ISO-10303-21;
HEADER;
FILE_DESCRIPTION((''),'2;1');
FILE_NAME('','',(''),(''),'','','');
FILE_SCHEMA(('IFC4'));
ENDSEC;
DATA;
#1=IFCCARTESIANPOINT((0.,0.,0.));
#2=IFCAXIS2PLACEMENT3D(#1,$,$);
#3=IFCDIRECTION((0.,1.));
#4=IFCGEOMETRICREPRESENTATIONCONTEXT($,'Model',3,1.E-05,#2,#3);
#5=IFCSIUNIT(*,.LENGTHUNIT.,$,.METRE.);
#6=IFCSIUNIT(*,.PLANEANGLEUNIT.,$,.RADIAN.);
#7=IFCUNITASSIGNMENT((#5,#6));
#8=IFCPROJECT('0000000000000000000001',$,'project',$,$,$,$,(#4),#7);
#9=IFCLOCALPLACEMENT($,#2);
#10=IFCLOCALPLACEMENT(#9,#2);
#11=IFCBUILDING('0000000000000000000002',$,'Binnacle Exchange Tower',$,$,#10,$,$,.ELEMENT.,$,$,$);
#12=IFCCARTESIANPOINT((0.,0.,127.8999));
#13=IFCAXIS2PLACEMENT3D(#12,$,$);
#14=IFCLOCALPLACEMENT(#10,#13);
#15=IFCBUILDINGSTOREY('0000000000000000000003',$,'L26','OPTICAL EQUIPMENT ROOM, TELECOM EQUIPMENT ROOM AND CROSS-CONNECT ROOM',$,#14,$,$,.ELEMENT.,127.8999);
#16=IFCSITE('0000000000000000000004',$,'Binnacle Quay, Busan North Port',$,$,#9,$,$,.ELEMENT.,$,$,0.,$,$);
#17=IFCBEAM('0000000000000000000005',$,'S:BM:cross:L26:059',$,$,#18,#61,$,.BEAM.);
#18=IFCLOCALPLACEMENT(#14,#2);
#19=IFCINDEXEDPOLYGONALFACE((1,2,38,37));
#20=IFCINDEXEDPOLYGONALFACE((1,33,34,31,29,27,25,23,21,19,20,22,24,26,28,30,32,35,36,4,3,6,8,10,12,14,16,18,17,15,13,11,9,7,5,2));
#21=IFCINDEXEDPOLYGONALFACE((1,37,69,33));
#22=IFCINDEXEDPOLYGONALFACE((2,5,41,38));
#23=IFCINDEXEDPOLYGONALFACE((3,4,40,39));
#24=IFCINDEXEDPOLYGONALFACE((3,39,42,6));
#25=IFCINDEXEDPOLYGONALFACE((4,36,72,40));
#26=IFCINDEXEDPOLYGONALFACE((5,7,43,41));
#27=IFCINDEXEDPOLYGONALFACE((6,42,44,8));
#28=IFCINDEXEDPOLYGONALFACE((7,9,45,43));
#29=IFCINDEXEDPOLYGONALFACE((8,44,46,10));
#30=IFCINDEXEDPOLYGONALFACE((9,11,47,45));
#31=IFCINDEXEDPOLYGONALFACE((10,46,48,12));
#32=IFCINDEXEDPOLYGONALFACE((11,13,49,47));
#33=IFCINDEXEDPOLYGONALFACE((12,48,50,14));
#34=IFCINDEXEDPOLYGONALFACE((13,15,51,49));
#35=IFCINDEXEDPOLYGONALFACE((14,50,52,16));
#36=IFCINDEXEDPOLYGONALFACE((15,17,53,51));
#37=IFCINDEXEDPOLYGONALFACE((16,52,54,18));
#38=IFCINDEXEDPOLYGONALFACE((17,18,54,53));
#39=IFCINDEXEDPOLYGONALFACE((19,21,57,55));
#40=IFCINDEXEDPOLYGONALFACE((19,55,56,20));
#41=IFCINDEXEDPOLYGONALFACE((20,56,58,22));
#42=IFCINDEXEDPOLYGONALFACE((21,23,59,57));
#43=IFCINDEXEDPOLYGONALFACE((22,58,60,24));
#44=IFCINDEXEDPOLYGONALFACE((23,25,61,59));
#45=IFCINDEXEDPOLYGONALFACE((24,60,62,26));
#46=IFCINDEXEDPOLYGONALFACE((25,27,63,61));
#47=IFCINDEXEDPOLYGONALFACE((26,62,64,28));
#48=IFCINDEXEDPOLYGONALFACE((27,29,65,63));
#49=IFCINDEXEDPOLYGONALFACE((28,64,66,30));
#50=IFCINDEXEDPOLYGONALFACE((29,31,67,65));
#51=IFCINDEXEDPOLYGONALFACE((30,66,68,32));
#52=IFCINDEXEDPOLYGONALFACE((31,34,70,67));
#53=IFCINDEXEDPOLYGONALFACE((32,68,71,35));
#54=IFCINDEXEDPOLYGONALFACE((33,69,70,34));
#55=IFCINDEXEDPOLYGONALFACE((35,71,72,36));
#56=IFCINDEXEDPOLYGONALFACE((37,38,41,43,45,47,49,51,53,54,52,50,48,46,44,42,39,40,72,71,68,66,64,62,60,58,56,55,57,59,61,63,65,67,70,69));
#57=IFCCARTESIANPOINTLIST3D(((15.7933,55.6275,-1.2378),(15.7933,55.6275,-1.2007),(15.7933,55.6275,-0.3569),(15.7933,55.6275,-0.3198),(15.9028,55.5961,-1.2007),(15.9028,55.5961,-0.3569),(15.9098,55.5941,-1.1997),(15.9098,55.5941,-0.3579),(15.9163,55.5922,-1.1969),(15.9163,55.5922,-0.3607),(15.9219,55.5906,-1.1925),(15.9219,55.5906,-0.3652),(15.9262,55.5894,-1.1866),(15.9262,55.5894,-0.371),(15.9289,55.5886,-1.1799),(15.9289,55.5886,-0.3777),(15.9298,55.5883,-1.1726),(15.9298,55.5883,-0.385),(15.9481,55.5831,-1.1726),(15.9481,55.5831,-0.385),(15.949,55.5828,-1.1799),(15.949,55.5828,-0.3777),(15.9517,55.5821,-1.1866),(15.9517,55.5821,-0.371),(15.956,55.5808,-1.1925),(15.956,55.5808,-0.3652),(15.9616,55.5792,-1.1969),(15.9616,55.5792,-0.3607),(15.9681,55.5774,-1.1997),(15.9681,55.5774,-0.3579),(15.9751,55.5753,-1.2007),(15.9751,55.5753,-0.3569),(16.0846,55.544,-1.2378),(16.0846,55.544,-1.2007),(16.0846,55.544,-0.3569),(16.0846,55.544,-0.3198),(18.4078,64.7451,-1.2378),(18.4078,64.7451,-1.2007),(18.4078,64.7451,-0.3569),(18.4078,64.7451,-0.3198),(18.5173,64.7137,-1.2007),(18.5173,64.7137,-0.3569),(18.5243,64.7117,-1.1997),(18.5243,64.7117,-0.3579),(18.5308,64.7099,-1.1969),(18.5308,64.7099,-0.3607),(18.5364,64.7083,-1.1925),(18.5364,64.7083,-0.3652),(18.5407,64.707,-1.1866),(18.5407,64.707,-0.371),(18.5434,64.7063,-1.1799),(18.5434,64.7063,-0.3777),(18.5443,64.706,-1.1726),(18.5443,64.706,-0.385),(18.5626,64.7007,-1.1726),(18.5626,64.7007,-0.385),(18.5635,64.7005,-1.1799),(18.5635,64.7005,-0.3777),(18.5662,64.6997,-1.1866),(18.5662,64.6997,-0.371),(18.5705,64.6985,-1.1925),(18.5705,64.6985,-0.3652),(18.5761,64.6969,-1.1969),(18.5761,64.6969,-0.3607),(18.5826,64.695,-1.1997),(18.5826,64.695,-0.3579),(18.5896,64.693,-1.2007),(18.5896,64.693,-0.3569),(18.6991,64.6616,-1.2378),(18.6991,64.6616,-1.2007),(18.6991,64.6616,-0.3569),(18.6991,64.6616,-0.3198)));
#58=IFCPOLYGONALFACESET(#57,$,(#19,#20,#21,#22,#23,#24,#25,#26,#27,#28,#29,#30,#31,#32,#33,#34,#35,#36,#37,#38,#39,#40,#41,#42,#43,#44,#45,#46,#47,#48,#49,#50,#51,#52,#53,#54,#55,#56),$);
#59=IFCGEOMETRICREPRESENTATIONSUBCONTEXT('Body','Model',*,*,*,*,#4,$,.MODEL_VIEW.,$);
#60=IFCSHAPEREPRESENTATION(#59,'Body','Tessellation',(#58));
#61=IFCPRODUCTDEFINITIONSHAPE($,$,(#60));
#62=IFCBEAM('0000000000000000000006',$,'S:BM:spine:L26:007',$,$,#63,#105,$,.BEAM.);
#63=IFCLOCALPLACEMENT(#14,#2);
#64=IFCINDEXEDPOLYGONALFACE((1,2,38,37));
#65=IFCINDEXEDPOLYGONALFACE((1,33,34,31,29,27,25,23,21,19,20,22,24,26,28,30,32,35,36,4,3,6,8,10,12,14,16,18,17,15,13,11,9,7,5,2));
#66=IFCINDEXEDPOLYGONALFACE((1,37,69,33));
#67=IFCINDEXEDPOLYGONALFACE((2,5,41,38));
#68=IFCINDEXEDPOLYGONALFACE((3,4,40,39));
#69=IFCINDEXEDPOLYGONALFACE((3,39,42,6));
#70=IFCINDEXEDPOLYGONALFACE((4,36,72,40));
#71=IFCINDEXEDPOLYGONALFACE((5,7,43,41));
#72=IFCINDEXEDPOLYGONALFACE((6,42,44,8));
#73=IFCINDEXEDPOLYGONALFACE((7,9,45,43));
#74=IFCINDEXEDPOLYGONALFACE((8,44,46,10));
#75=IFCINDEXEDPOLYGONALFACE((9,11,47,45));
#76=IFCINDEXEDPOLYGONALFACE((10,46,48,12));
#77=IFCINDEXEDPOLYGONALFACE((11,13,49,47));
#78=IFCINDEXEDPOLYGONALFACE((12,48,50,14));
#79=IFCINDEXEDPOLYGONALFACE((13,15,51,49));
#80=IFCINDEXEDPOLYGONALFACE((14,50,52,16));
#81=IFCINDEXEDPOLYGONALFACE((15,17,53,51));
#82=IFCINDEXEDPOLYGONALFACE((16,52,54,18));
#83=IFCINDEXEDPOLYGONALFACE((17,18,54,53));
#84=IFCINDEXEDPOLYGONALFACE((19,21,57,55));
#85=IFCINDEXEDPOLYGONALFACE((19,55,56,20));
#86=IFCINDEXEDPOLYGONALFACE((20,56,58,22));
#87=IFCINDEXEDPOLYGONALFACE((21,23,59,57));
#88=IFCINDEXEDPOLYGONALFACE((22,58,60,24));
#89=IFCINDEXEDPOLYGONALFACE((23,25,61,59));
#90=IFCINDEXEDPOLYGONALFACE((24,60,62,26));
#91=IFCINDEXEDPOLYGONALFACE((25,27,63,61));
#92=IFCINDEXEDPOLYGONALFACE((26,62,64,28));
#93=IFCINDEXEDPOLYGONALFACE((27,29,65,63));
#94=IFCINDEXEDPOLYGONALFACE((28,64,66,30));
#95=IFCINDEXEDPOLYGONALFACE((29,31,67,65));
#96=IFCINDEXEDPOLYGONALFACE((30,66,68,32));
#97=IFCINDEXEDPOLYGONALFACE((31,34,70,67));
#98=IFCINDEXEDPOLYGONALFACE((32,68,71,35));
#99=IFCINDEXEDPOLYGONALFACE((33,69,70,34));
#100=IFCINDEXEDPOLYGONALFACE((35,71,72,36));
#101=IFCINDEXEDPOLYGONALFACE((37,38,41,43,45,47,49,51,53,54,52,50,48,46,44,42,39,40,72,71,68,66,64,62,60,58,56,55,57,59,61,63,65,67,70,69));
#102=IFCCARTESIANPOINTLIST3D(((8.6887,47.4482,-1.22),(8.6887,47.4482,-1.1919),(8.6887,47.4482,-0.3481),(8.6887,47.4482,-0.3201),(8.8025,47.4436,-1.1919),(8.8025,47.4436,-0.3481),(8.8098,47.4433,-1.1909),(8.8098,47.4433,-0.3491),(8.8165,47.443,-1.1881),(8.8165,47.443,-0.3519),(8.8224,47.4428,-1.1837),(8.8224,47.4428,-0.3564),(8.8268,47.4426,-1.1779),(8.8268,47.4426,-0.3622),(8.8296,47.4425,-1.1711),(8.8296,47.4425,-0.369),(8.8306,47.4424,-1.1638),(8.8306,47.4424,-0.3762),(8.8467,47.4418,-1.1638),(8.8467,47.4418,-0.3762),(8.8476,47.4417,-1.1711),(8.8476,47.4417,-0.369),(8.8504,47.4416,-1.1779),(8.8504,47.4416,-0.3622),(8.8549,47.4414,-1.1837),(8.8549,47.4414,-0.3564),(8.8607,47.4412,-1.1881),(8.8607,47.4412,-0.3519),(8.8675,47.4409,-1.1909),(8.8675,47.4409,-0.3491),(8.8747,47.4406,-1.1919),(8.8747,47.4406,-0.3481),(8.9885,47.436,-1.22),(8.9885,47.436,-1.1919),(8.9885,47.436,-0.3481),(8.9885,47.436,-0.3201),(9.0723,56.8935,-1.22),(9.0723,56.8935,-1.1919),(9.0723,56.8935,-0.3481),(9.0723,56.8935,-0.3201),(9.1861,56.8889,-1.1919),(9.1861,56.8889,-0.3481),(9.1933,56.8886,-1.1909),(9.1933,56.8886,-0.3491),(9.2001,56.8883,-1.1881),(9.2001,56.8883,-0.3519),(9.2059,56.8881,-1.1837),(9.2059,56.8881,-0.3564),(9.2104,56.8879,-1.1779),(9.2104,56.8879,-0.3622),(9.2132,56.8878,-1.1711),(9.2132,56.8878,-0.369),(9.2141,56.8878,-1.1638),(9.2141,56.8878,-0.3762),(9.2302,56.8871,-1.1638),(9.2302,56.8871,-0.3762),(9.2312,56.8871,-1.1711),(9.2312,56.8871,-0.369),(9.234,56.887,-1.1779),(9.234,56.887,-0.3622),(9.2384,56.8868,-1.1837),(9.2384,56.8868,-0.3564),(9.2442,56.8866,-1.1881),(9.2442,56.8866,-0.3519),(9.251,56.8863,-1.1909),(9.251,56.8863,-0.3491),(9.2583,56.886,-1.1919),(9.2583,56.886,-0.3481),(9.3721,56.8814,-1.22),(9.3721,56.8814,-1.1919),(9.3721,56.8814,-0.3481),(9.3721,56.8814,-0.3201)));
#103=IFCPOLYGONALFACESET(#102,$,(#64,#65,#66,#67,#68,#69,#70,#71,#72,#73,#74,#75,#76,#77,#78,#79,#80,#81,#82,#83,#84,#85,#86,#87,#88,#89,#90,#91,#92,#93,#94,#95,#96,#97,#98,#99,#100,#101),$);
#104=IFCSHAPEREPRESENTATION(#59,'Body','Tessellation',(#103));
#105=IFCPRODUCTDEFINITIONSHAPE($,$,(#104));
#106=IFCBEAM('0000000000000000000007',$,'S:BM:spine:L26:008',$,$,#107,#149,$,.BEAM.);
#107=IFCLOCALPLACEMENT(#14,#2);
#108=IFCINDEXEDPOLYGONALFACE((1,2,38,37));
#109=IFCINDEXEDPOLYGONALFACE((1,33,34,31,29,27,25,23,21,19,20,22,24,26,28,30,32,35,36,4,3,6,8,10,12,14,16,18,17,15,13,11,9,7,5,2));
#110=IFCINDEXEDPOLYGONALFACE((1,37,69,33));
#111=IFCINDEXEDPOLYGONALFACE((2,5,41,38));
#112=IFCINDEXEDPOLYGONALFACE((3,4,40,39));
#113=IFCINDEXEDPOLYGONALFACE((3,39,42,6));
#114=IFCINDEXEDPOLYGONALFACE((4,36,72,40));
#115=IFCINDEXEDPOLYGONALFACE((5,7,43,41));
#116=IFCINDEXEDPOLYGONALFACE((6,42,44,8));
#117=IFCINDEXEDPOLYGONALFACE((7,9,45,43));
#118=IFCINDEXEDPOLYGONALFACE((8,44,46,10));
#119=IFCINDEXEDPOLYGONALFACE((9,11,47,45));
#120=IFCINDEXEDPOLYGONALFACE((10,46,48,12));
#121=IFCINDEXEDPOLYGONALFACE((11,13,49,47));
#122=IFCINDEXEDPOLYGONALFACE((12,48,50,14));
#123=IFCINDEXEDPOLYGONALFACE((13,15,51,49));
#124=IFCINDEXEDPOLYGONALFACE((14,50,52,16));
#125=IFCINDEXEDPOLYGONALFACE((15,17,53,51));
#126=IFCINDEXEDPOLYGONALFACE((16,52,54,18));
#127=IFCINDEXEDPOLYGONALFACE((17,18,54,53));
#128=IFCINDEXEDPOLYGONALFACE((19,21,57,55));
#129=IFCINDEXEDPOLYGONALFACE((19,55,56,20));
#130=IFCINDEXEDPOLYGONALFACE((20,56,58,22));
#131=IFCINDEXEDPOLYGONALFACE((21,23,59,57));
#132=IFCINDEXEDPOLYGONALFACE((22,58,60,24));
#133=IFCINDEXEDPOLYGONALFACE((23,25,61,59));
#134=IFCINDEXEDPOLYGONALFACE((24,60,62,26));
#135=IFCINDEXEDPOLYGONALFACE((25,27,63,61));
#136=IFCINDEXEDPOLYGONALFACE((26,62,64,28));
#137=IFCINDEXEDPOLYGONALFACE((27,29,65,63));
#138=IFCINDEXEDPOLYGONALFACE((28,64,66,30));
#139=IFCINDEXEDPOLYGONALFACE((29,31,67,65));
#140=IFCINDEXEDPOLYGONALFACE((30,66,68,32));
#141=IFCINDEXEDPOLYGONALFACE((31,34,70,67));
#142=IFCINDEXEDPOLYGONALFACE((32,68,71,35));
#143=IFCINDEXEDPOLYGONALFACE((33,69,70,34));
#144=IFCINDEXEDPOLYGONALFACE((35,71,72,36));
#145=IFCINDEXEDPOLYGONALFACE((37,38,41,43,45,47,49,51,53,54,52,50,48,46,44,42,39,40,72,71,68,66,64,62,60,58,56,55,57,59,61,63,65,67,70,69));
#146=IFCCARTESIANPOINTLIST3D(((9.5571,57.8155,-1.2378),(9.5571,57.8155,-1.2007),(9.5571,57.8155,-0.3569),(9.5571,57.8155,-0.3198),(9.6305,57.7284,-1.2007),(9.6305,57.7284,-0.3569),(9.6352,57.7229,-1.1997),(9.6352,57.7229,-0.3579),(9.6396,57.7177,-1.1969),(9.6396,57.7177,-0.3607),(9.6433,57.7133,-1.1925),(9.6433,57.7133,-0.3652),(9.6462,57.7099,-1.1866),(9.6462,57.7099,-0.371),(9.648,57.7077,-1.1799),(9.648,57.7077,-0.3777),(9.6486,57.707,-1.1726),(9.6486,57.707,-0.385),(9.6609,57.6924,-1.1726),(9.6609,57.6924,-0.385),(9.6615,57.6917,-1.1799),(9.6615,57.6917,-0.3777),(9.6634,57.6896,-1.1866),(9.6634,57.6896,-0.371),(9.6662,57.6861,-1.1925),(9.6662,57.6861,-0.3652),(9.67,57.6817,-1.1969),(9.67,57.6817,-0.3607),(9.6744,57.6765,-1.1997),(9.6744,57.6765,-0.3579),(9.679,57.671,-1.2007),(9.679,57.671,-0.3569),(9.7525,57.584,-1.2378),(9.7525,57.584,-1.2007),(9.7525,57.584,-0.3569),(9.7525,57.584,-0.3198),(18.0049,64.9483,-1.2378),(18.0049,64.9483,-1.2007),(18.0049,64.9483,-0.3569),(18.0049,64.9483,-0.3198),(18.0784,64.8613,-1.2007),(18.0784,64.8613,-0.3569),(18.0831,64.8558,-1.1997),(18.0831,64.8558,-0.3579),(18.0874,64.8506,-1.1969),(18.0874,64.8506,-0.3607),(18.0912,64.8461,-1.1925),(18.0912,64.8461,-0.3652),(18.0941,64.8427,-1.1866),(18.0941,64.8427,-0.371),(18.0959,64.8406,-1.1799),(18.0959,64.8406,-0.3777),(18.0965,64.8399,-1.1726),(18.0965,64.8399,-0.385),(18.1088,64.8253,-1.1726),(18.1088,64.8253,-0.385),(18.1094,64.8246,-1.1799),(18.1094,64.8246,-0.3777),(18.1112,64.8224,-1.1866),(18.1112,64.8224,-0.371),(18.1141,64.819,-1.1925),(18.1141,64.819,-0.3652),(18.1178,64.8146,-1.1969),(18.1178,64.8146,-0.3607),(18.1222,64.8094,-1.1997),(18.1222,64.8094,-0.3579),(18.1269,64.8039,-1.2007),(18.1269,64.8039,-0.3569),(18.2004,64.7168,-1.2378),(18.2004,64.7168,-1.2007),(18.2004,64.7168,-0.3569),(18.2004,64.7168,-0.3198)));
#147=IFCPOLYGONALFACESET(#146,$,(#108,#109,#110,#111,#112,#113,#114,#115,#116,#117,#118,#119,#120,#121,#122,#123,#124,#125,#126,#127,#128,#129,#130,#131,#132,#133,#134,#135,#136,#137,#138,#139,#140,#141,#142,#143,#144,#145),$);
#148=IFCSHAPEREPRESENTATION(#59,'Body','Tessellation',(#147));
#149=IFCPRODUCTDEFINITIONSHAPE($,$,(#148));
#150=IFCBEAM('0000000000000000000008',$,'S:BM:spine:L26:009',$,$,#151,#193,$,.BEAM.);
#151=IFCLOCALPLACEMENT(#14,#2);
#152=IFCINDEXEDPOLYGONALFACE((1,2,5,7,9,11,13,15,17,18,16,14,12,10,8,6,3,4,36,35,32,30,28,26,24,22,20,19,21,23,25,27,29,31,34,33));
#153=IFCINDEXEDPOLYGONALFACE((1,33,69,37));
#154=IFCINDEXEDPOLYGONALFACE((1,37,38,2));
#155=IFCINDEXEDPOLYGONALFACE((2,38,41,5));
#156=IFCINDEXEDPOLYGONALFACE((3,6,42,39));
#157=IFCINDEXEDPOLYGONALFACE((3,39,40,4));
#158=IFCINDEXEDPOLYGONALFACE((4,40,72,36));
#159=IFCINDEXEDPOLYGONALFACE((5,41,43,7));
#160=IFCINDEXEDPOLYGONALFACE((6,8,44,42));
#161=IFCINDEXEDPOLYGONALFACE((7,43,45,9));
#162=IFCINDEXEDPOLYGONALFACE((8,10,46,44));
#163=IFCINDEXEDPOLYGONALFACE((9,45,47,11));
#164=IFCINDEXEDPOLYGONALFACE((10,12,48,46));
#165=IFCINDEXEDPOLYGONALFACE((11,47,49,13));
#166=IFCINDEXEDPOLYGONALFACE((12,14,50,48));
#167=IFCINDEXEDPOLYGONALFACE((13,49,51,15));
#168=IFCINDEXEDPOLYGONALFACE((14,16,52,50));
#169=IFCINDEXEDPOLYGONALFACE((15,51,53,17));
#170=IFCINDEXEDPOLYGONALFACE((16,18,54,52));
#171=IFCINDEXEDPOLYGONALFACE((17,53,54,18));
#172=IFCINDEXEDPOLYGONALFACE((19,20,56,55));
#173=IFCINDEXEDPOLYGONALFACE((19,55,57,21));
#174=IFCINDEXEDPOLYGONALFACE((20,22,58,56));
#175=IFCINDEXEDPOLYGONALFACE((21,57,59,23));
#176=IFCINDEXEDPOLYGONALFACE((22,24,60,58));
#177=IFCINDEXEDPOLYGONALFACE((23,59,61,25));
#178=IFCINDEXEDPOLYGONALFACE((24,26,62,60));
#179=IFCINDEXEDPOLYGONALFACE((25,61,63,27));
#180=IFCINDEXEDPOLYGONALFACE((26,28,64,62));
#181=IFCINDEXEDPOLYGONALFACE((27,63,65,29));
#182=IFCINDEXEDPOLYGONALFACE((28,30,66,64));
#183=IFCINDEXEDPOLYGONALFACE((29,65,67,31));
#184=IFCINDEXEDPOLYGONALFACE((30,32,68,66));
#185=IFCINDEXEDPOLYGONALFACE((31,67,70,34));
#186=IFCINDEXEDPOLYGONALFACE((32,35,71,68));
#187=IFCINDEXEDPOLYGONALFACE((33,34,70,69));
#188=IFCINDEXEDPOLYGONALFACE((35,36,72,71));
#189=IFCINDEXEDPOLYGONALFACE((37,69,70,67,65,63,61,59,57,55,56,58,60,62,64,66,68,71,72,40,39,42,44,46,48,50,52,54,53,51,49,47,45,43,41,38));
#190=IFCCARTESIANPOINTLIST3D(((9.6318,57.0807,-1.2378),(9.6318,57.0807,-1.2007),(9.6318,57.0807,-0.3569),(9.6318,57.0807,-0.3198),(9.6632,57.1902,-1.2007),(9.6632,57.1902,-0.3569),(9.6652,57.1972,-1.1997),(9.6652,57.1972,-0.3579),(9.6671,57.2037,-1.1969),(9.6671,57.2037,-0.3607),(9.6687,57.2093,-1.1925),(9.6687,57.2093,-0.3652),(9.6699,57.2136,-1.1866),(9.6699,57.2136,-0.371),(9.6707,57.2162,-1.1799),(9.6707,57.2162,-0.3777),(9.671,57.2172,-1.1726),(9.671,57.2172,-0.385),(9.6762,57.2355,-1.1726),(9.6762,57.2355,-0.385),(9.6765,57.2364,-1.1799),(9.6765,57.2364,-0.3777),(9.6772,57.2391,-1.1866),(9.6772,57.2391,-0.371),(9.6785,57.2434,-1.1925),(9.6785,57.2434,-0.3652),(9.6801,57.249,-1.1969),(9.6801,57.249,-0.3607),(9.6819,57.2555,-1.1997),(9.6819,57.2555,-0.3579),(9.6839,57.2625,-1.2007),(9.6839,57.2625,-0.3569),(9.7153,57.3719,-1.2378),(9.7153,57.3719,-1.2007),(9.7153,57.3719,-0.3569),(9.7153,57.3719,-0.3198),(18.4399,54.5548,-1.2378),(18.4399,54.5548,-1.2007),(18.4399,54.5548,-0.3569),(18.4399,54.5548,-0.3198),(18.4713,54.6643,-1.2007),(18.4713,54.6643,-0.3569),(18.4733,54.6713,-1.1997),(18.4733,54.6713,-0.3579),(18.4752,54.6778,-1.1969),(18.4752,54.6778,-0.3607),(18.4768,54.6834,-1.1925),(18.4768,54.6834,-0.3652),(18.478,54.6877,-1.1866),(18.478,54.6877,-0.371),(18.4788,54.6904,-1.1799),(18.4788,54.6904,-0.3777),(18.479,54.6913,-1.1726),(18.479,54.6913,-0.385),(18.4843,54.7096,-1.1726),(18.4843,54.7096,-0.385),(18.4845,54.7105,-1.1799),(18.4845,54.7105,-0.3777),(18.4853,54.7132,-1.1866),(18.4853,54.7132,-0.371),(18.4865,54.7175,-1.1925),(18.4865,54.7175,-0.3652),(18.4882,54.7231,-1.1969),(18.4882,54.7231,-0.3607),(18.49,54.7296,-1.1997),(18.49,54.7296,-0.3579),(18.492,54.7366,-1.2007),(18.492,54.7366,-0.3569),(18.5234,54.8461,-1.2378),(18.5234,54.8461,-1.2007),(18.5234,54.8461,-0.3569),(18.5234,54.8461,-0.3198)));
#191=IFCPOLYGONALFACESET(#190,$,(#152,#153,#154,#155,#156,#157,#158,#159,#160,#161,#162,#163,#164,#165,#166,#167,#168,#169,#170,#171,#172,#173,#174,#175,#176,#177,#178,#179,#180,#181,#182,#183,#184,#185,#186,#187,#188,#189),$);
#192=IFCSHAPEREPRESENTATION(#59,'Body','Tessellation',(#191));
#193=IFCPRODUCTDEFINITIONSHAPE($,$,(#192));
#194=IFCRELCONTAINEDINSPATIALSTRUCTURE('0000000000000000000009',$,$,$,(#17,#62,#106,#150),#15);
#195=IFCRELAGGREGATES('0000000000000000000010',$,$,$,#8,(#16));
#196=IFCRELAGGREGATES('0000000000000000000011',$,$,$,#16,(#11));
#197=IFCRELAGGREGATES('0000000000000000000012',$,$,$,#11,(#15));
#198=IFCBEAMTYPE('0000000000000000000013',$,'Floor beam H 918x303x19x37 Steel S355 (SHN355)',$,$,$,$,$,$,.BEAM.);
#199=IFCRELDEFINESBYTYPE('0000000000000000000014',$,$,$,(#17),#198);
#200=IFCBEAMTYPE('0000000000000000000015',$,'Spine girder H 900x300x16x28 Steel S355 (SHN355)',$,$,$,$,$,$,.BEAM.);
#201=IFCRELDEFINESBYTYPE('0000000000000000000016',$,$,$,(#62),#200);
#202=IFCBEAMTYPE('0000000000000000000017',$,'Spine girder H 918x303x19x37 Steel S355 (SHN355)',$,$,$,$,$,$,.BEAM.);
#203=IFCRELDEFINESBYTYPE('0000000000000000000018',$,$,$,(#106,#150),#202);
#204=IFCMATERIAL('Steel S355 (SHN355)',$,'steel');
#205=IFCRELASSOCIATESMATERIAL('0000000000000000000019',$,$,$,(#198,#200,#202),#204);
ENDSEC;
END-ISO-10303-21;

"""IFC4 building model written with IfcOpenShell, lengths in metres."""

from ifc_helpers import new_model, si_unit, direction, frame, origin, origin_2d, place, context, subcontext, project, spatial, i_section, extrude, material, material_profile, profile_set, type_object, element, save


model = new_model("IFC4")

# Units and contexts
model_context = context("Model", 3, precision=1e-05, world=origin(), true_north=direction((0.0, 1.0)))
body_context = subcontext(model_context, "Body", "Model", "MODEL_VIEW")
ifc_project = project(units=[si_unit("LENGTHUNIT", "METRE"), si_unit("PLANEANGLEUNIT", "RADIAN")], contexts=[model_context])

# Site, building, storey
site_placement = place(None, origin())
site = spatial("IfcSite", under=ifc_project, at=site_placement, Name="Binnacle Quay, Busan North Port", CompositionType="ELEMENT", RefElevation=0.0)
building_placement = place(site_placement, origin())
building = spatial("IfcBuilding", under=site, at=building_placement, Name="Binnacle Exchange Tower", CompositionType="ELEMENT")
storey_placement = place(building_placement, frame((0.0, 0.0, 127.8999)))
storey = spatial("IfcBuildingStorey", under=building, at=storey_placement, Name="L26", Description="OPTICAL EQUIPMENT ROOM, TELECOM EQUIPMENT ROOM AND CROSS-CONNECT ROOM", CompositionType="ELEMENT", Elevation=127.8999)

# Beams
ifc_material_1 = material(Name="Steel S355 (SHN355)", Category="steel")
ifc_material_profile_1 = material_profile(ifc_material_1, i_section(OverallWidth=0.303, OverallDepth=0.918, WebThickness=0.019, FlangeThickness=0.0371, FilletRadius=0.0281, at=origin_2d()), Name="H 918x303x19x37")
ifc_profile_set_1 = profile_set([ifc_material_profile_1], Name="Steel S355 (SHN355)")
beam_type_1 = type_object("IfcBeamType", Name="Floor beam H 918x303x19x37 Steel S355 (SHN355)", PredefinedType="BEAM", material=ifc_profile_set_1)
beam_1_placement = place(storey_placement, frame((18.5535, 64.7034, -0.7788), z_axis=(-0.275642, -0.96126, 0.0), x_axis=(0.96126, -0.275642, 0.0)))
element("IfcBeam", 1, at=beam_1_placement, inside=storey, type_object=beam_type_1, Name="S:BM:cross:L26:059", PredefinedType="BEAM", context=body_context, shape_type="SweptSolid", body=[
    extrude(i_section(OverallWidth=0.303, OverallDepth=0.918, WebThickness=0.019, FlangeThickness=0.0371, FilletRadius=0.0281, at=origin_2d()), origin(), (0.0, 0.0, 1.0), 9.4851),
])
ifc_material_profile_2 = material_profile(ifc_material_1, i_section(OverallWidth=0.3, OverallDepth=0.8999, WebThickness=0.0161, FlangeThickness=0.0281, FilletRadius=0.0281, at=origin_2d()), Name="H 900x300x16x28")
ifc_profile_set_2 = profile_set([ifc_material_profile_2], Name="Steel S355 (SHN355)")
beam_type_2 = type_object("IfcBeamType", Name="Spine girder H 900x300x16x28 Steel S355 (SHN355)", PredefinedType="BEAM", material=ifc_profile_set_2)
beam_2_placement = place(storey_placement, frame((9.2222, 56.8875, -0.77), z_axis=(-0.040573, -0.999177, 0.0), x_axis=(0.999177, -0.040573, 0.0)))
element("IfcBeam", 2, at=beam_2_placement, inside=storey, type_object=beam_type_2, Name="S:BM:spine:L26:007", PredefinedType="BEAM", context=body_context, shape_type="SweptSolid", body=[
    extrude(i_section(OverallWidth=0.3, OverallDepth=0.8999, WebThickness=0.0161, FlangeThickness=0.0281, FilletRadius=0.0281, at=origin_2d()), origin(), (0.0, 0.0, 1.0), 9.4531),
])
ifc_material_profile_3 = material_profile(ifc_material_1, i_section(OverallWidth=0.303, OverallDepth=0.918, WebThickness=0.019, FlangeThickness=0.0371, FilletRadius=0.0281, at=origin_2d()), Name="H 918x303x19x37")
ifc_profile_set_3 = profile_set([ifc_material_profile_3], Name="Steel S355 (SHN355)")
beam_type_3 = type_object("IfcBeamType", Name="Spine girder H 918x303x19x37 Steel S355 (SHN355)", PredefinedType="BEAM", material=ifc_profile_set_3)
beam_3_placement = place(storey_placement, frame((9.6548, 57.6997, -0.7788), z_axis=(0.764068, 0.645136, 0.0), x_axis=(-0.645136, 0.764068, 0.0)))
element("IfcBeam", 3, at=beam_3_placement, inside=storey, type_object=beam_type_3, Name="S:BM:spine:L26:008", PredefinedType="BEAM", context=body_context, shape_type="SweptSolid", body=[
    extrude(i_section(OverallWidth=0.303, OverallDepth=0.918, WebThickness=0.019, FlangeThickness=0.0371, FilletRadius=0.0281, at=origin_2d()), origin(), (0.0, 0.0, 1.0), 11.0564),
])
beam_4_placement = place(storey_placement, frame((9.6736, 57.2263, -0.7788), z_axis=(0.961256, -0.275657, 0.0), x_axis=(0.275657, 0.961256, 0.0)))
element("IfcBeam", 4, at=beam_4_placement, inside=storey, type_object=beam_type_3, Name="S:BM:spine:L26:009", PredefinedType="BEAM", context=body_context, shape_type="SweptSolid", body=[
    extrude(i_section(OverallWidth=0.303, OverallDepth=0.918, WebThickness=0.019, FlangeThickness=0.0371, FilletRadius=0.0281, at=origin_2d()), origin(), (0.0, 0.0, 1.0), 9.1631),
])

save(model, "model.ifc")
